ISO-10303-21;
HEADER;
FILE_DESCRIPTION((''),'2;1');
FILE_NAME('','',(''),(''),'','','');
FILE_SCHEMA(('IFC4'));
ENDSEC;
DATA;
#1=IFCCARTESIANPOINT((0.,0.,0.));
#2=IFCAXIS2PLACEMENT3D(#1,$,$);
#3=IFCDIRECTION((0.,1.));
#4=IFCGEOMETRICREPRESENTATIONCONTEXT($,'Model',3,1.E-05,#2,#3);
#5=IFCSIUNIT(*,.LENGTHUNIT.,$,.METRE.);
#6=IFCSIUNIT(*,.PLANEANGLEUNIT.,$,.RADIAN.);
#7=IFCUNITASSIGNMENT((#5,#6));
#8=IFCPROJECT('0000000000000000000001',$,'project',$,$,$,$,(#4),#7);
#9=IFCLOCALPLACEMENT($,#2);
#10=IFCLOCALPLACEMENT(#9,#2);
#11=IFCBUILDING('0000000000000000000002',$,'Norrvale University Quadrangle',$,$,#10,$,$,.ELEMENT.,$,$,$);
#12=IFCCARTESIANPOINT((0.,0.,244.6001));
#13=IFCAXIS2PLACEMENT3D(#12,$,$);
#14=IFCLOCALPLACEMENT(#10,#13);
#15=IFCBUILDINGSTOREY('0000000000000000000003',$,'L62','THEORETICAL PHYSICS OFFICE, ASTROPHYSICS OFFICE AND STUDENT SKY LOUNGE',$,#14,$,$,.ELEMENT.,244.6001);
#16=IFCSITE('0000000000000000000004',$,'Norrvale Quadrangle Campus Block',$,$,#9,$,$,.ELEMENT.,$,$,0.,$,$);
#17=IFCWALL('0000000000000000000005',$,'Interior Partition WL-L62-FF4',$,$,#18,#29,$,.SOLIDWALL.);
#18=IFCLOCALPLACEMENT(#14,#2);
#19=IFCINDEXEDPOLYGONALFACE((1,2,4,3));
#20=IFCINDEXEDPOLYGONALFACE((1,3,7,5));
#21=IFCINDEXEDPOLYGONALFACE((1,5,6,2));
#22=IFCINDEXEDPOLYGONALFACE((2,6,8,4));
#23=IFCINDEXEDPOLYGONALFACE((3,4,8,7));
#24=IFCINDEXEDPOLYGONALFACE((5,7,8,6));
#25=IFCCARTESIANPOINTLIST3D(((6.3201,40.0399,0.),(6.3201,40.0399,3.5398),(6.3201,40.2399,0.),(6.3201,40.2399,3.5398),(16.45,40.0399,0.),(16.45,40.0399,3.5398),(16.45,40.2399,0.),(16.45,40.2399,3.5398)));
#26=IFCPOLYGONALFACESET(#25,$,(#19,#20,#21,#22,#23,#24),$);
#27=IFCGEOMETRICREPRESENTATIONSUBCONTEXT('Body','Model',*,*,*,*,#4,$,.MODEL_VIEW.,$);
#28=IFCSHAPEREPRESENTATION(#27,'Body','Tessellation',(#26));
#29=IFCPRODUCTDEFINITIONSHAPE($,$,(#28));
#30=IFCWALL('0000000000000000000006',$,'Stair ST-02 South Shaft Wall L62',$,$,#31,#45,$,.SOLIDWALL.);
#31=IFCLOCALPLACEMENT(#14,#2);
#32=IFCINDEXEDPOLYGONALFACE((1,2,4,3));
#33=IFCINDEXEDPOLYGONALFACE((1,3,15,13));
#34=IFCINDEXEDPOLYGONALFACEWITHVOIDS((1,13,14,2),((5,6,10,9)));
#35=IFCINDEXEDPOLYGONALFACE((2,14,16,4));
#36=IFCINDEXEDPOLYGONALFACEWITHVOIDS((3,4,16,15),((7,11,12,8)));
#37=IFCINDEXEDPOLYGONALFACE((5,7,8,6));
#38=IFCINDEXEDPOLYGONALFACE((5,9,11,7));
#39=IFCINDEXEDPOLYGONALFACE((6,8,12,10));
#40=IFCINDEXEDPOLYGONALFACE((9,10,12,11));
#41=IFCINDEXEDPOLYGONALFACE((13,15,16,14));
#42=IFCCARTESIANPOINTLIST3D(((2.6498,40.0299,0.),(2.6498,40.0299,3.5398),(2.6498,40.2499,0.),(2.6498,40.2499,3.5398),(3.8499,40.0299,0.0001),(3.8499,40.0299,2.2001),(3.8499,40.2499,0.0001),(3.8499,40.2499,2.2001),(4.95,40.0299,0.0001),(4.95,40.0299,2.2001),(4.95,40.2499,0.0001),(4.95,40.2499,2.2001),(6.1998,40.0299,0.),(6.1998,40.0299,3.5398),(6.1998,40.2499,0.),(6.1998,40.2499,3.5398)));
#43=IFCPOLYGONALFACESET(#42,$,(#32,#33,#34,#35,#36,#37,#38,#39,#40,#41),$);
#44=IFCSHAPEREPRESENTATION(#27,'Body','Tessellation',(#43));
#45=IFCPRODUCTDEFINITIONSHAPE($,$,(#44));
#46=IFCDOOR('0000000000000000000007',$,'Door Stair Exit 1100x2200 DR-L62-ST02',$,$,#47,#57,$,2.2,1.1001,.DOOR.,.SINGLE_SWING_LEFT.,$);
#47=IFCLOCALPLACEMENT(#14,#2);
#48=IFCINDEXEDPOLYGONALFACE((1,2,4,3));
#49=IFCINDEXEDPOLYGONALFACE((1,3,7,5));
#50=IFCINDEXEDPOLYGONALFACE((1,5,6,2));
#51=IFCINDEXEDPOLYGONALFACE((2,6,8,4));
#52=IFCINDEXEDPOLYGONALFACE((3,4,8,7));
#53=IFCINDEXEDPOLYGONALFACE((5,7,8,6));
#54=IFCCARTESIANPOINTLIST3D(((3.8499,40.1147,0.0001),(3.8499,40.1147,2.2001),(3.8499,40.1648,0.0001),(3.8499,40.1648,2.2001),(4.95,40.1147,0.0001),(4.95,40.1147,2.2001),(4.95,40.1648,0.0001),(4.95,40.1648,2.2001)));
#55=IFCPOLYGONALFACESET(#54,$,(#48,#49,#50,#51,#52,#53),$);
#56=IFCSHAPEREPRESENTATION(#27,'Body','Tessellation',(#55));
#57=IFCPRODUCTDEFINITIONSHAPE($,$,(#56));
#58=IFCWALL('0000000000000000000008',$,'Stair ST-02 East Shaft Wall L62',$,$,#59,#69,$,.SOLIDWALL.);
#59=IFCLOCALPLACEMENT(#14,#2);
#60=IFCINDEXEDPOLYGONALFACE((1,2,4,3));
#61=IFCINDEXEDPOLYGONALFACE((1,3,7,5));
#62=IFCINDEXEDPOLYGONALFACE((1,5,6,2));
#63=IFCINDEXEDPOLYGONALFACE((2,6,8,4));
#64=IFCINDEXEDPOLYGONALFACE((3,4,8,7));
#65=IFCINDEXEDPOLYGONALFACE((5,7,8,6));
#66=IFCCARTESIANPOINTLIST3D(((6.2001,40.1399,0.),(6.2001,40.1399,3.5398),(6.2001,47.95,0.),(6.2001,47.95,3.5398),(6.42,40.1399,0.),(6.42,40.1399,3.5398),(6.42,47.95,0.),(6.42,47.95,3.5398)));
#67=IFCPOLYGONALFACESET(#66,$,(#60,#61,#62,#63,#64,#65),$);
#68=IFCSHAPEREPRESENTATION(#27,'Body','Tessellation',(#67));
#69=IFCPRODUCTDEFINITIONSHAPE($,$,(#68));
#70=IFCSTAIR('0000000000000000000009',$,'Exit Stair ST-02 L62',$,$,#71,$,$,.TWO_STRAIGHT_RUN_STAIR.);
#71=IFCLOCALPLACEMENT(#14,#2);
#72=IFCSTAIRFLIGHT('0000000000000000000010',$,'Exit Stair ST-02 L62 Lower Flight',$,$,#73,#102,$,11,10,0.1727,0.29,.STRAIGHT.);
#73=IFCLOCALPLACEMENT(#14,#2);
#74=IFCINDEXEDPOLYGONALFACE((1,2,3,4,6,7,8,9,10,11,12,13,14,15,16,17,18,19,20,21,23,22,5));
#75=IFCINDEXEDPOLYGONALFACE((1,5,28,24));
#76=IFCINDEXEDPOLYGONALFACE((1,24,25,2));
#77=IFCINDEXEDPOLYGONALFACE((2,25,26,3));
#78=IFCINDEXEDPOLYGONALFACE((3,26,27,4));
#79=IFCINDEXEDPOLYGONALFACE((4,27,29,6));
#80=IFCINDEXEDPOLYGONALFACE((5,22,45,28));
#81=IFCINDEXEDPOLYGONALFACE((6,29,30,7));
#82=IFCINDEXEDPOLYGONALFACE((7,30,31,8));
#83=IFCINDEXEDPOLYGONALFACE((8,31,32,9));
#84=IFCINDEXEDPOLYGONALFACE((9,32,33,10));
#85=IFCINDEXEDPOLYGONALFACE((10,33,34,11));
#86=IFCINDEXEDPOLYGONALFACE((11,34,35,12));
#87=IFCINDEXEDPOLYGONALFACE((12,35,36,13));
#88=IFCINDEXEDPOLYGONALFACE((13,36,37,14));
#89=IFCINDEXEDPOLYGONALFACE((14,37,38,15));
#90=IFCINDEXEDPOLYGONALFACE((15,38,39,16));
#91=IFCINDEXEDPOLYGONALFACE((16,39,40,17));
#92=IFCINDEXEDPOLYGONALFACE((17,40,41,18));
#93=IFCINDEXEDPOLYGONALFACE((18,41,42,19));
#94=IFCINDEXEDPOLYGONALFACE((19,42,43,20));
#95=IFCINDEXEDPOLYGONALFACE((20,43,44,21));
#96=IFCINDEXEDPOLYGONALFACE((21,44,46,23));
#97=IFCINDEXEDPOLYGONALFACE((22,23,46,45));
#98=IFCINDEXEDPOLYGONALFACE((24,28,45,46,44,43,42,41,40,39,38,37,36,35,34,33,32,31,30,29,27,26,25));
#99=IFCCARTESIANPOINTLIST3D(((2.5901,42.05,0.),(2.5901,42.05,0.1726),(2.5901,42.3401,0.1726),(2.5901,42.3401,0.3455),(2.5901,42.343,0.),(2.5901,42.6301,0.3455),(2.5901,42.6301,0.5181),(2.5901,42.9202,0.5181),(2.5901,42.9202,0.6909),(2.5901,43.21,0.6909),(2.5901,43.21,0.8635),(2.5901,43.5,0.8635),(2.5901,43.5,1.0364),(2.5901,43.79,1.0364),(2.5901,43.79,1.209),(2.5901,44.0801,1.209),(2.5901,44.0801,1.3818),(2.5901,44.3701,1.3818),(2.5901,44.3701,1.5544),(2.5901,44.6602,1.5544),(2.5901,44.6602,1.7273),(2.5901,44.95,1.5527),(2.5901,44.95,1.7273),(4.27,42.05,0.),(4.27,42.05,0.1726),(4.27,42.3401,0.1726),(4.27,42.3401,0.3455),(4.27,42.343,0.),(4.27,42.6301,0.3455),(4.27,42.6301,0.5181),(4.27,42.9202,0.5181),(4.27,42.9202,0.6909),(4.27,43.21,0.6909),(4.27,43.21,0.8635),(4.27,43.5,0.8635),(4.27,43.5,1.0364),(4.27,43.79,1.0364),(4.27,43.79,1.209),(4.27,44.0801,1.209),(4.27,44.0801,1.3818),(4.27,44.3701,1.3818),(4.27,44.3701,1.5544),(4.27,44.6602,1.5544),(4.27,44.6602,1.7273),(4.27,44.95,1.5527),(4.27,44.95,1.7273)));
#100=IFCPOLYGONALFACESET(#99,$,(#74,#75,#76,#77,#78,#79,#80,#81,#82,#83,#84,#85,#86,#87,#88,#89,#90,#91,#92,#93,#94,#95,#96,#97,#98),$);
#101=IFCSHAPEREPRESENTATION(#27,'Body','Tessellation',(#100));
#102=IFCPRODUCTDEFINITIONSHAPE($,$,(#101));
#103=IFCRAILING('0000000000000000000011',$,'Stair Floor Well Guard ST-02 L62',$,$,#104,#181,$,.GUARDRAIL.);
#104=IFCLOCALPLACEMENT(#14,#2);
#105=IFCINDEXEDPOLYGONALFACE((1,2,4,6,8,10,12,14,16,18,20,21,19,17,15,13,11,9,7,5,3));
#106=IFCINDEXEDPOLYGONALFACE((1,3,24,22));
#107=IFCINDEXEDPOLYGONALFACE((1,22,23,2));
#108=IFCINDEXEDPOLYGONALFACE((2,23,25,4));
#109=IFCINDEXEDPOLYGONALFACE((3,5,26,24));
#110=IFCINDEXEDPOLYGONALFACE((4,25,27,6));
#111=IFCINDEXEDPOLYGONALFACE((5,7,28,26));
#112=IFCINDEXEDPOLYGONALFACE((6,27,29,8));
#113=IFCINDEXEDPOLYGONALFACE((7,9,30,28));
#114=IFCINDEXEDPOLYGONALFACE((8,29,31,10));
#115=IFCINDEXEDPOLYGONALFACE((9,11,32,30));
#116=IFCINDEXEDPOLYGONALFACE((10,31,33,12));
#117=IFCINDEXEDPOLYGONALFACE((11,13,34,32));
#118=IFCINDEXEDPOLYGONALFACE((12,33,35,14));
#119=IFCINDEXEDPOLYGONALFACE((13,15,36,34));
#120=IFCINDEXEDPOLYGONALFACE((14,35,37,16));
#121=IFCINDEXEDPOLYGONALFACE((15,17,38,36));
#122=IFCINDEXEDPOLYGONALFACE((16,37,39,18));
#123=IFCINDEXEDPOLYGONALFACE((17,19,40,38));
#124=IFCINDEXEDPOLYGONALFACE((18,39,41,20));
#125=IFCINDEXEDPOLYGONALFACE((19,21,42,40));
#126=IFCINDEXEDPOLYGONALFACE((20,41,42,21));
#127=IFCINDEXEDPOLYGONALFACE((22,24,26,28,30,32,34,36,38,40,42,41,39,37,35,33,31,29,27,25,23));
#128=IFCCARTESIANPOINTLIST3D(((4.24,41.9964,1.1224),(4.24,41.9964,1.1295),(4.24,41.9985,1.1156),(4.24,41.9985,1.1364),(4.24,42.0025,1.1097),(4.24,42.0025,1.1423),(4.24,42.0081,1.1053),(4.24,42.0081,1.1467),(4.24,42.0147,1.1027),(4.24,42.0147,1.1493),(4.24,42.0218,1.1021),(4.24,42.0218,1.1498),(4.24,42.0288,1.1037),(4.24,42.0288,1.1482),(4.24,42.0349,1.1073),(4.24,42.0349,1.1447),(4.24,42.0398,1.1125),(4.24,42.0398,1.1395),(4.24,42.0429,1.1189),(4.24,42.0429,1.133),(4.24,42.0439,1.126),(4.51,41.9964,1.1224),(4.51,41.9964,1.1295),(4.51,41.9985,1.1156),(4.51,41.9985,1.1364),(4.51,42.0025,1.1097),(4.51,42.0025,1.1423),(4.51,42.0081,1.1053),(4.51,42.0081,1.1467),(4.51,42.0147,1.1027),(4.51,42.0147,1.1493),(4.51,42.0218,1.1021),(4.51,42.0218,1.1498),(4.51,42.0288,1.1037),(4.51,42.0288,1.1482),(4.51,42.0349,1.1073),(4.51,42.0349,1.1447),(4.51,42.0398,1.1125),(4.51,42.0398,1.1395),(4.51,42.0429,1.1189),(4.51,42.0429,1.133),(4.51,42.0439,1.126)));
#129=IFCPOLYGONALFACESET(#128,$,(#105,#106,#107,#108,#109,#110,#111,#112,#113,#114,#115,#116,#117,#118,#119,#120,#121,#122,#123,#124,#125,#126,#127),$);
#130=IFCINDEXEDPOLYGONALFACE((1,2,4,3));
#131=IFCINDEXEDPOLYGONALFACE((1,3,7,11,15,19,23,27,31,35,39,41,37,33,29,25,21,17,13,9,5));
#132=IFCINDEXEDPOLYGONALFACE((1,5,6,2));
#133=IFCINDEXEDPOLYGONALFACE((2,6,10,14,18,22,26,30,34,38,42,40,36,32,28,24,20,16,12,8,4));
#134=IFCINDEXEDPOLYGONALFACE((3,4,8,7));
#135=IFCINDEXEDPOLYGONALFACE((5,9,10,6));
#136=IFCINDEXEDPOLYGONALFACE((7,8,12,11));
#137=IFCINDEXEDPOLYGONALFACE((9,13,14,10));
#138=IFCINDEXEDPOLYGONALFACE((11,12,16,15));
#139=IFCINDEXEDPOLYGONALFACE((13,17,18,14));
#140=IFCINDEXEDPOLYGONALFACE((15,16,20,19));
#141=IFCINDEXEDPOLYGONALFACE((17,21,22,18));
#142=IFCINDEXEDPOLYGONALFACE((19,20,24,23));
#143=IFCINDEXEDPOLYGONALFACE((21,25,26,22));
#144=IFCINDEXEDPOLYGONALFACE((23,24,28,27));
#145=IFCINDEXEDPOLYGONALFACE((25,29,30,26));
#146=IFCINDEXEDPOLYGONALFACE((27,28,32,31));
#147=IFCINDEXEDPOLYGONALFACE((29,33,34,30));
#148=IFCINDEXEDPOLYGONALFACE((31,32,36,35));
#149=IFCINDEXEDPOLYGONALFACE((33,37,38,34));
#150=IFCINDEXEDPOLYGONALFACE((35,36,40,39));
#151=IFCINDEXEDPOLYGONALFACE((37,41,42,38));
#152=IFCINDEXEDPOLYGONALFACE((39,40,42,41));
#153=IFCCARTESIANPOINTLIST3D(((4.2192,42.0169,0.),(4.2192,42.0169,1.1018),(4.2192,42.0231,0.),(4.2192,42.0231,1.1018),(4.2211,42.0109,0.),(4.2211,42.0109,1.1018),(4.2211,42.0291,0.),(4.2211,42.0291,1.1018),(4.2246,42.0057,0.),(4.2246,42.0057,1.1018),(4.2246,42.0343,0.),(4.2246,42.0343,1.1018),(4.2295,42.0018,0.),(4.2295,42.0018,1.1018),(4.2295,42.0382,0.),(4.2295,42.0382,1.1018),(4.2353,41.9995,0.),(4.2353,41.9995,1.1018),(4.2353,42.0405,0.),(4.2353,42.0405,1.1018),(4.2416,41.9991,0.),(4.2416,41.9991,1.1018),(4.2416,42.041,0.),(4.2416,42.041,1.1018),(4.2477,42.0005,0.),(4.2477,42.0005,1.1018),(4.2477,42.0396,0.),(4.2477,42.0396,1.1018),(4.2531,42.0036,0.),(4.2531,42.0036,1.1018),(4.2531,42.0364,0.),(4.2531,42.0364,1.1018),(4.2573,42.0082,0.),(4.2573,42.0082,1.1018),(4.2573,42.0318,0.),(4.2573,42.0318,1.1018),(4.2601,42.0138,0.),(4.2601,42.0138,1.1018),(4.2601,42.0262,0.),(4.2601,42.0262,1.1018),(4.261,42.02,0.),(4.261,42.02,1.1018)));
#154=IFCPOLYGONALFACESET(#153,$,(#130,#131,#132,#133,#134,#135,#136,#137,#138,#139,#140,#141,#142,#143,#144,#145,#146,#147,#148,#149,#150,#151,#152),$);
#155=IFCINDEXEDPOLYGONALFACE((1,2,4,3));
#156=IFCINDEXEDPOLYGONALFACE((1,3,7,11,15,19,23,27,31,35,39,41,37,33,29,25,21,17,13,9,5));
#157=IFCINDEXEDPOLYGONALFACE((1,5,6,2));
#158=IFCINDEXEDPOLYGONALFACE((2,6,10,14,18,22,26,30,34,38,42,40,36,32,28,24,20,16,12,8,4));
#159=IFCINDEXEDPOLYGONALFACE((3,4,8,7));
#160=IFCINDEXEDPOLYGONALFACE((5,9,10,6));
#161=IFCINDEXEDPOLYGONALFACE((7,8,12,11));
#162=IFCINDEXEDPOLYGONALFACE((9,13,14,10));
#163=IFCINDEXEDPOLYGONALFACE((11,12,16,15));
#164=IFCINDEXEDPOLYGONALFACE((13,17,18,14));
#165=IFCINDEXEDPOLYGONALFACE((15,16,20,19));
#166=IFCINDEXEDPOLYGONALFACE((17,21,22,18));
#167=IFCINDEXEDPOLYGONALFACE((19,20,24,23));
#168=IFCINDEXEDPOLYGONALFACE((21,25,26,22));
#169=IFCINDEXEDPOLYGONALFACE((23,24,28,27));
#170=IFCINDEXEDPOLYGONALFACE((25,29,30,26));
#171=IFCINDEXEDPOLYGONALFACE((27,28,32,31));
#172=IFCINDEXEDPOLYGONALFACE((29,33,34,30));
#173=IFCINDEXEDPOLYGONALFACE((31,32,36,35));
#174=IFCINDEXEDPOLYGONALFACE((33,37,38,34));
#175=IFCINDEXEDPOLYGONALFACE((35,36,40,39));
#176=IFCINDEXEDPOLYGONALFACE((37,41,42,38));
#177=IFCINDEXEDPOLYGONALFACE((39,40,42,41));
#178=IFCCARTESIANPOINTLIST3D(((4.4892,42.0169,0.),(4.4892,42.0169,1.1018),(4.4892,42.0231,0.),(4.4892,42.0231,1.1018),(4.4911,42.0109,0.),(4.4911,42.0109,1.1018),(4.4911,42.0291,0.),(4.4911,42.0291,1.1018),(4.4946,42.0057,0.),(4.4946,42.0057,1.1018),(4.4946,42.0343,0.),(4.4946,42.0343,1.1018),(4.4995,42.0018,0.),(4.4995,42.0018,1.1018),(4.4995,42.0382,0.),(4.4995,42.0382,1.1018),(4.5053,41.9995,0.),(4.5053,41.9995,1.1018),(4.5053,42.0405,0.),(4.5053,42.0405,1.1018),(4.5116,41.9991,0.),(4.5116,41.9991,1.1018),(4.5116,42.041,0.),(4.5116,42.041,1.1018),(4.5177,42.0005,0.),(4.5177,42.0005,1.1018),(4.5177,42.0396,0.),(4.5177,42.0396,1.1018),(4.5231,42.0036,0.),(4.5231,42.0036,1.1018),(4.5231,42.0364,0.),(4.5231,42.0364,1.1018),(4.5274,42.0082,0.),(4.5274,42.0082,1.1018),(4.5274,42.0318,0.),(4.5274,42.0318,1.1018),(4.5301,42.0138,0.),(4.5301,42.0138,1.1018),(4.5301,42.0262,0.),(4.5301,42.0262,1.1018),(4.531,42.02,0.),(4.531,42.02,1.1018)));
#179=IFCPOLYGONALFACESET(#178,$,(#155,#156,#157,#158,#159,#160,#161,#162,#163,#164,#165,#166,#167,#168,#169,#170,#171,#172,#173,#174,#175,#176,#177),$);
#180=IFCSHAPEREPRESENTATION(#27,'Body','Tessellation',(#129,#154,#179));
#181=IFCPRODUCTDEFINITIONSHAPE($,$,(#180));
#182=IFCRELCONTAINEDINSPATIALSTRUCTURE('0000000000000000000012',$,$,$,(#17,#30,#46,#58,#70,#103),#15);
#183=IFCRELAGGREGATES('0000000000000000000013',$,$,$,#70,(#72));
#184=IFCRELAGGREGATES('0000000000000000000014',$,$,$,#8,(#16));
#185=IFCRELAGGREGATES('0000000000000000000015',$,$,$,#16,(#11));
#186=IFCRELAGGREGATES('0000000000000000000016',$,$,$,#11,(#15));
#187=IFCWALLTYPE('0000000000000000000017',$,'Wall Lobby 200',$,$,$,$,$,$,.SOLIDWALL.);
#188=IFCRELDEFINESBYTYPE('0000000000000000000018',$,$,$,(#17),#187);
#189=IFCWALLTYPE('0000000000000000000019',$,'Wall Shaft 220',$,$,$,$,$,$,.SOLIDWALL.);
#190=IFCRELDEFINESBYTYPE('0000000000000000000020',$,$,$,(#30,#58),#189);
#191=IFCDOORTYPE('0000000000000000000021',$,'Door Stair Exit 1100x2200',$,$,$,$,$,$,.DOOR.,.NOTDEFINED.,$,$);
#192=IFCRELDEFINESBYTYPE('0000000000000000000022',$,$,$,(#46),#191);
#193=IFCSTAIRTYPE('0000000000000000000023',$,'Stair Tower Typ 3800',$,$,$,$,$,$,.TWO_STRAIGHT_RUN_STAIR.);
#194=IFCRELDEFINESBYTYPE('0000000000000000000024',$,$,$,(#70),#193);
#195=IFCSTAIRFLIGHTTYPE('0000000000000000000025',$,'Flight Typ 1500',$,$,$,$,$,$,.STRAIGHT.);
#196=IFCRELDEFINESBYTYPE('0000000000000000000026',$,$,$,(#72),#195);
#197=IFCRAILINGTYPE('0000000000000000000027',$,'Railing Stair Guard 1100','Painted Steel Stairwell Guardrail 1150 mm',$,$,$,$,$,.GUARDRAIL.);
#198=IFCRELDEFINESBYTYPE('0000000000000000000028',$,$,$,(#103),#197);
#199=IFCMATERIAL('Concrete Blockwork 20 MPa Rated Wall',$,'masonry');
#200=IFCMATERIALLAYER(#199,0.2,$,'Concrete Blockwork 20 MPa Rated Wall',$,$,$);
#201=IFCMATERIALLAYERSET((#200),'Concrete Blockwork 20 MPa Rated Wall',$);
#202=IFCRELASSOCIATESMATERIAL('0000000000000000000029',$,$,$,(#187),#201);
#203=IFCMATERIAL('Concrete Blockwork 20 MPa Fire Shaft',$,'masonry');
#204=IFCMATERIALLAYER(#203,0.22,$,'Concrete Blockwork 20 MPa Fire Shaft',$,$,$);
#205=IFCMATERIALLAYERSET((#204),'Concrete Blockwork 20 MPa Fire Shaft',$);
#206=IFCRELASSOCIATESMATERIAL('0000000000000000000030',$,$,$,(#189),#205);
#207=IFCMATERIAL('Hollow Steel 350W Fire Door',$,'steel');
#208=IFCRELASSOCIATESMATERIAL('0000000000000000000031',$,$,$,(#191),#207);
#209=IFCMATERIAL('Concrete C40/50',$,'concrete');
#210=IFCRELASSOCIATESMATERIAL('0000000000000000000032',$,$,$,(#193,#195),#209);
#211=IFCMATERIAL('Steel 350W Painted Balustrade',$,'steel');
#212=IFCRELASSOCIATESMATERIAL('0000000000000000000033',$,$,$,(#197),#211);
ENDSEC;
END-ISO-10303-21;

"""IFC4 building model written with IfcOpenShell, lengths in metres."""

from ifc_helpers import new_model, si_unit, direction, frame, frame_2d, origin, origin_2d, place, context, subcontext, project, spatial, polyline, rectangle, circle, outline, extrude, material, layer, layer_set, type_object, element, fill, aggregate, save


model = new_model("IFC4")

# Units and contexts
model_context = context("Model", 3, precision=1e-05, world=origin(), true_north=direction((0.0, 1.0)))
body_context = subcontext(model_context, "Body", "Model", "MODEL_VIEW")
ifc_project = project(units=[si_unit("LENGTHUNIT", "METRE"), si_unit("PLANEANGLEUNIT", "RADIAN")], contexts=[model_context])

# Site, building, storey
site_placement = place(None, origin())
site = spatial("IfcSite", under=ifc_project, at=site_placement, Name="Norrvale Quadrangle Campus Block", CompositionType="ELEMENT", RefElevation=0.0)
building_placement = place(site_placement, origin())
building = spatial("IfcBuilding", under=site, at=building_placement, Name="Norrvale University Quadrangle", CompositionType="ELEMENT")
storey_placement = place(building_placement, frame((0.0, 0.0, 244.6001)))
storey = spatial("IfcBuildingStorey", under=building, at=storey_placement, Name="L62", Description="THEORETICAL PHYSICS OFFICE, ASTROPHYSICS OFFICE AND STUDENT SKY LOUNGE", CompositionType="ELEMENT", Elevation=244.6001)

# Wall
ifc_material_1 = material(Name="Concrete Blockwork 20 MPa Rated Wall", Category="masonry")
ifc_layer_1 = layer(ifc_material_1, 0.2, Name="Concrete Blockwork 20 MPa Rated Wall")
ifc_layer_set_1 = layer_set([ifc_layer_1], Name="Concrete Blockwork 20 MPa Rated Wall")
wall_type_1 = type_object("IfcWallType", Name="Wall Lobby 200", PredefinedType="SOLIDWALL", material=ifc_layer_set_1)
wall_1_placement = place(storey_placement, frame((6.3201, 40.1399, 0.0), z_axis=(0.0, 0.0, 1.0), x_axis=(1.0, 0.0, 0.0)))
element("IfcWall", 1, at=wall_1_placement, inside=storey, type_object=wall_type_1, Name="Interior Partition WL-L62-FF4", PredefinedType="SOLIDWALL", context=body_context, shape_type="SweptSolid", body=[
    extrude(rectangle(XDim=10.1299, YDim=0.2, at=frame_2d((5.0649, 0.0))), origin(), (0.0, 0.0, 1.0), 3.5398),
])

# Wall, opening, door
ifc_material_2 = material(Name="Concrete Blockwork 20 MPa Fire Shaft", Category="masonry")
ifc_layer_2 = layer(ifc_material_2, 0.22, Name="Concrete Blockwork 20 MPa Fire Shaft")
ifc_layer_set_2 = layer_set([ifc_layer_2], Name="Concrete Blockwork 20 MPa Fire Shaft")
wall_type_2 = type_object("IfcWallType", Name="Wall Shaft 220", PredefinedType="SOLIDWALL", material=ifc_layer_set_2)
wall_2_placement = place(storey_placement, frame((2.6499, 40.1399, 0.0), z_axis=(0.0, 0.0, 1.0), x_axis=(1.0, 0.0, 0.0)))
wall_2 = element("IfcWall", 2, at=wall_2_placement, inside=storey, type_object=wall_type_2, Name="Stair ST-02 South Shaft Wall L62", PredefinedType="SOLIDWALL", context=body_context, shape_type="SweptSolid", body=[
    extrude(rectangle(XDim=3.55, YDim=0.22, at=frame_2d((1.7749, 0.0))), origin(), (0.0, 0.0, 1.0), 3.5398),
])
opening_placement = place(wall_2_placement, frame((1.2, 0.0, 0.0)))
opening = element("IfcOpeningElement", 3, at=opening_placement, cuts=wall_2, PredefinedType="OPENING", context=body_context, shape_type="SweptSolid", body=[
    extrude(rectangle(XDim=1.1001, YDim=2.2, at=frame_2d((0.55, 1.1001))), frame((0.0, 0.1221, 0.0), z_axis=(0.0, -1.0, 0.0), x_axis=(1.0, 0.0, 0.0)), (0.0, 0.0, 1.0), 0.2439),
])
ifc_material_3 = material(Name="Hollow Steel 350W Fire Door", Category="steel")
door_type = type_object("IfcDoorType", Name="Door Stair Exit 1100x2200", OperationType="NOTDEFINED", PredefinedType="DOOR", material=ifc_material_3)
door_placement = place(opening_placement, origin())
door = element("IfcDoor", 4, at=door_placement, inside=storey, type_object=door_type, Name="Door Stair Exit 1100x2200 DR-L62-ST02", OperationType="SINGLE_SWING_LEFT", OverallHeight=2.2, OverallWidth=1.1001, PredefinedType="DOOR", context=body_context, shape_type="SweptSolid", body=[
    extrude(rectangle(XDim=1.1001, YDim=2.2, at=frame_2d((0.55, 1.1001))), frame((0.0, 0.0249, 0.0), z_axis=(0.0, -1.0, 0.0), x_axis=(1.0, 0.0, 0.0)), (0.0, 0.0, 1.0), 0.05),
])
fill(opening, door)

# Wall
wall_3_placement = place(storey_placement, frame((6.3101, 40.1399, 0.0), z_axis=(0.0, 0.0, 1.0), x_axis=(0.0, 1.0, 0.0)))
element("IfcWall", 5, at=wall_3_placement, inside=storey, type_object=wall_type_2, Name="Stair ST-02 East Shaft Wall L62", PredefinedType="SOLIDWALL", context=body_context, shape_type="SweptSolid", body=[
    extrude(rectangle(XDim=7.8101, YDim=0.22, at=frame_2d((3.905, 0.0))), origin(), (0.0, 0.0, 1.0), 3.5398),
])

# Stair, stair flight
ifc_material_4 = material(Name="Concrete C40/50", Category="concrete")
stair_type = type_object("IfcStairType", Name="Stair Tower Typ 3800", PredefinedType="TWO_STRAIGHT_RUN_STAIR", material=ifc_material_4)
stair_placement = place(storey_placement, origin())
stair = element("IfcStair", 6, at=stair_placement, inside=storey, type_object=stair_type, Name="Exit Stair ST-02 L62", PredefinedType="TWO_STRAIGHT_RUN_STAIR")
stair_flight_type = type_object("IfcStairFlightType", Name="Flight Typ 1500", PredefinedType="STRAIGHT", material=ifc_material_4)
stair_flight_placement = place(storey_placement, frame((3.4299, 42.05, 0.0), z_axis=(0.0, 0.0, 1.0), x_axis=(0.0, 1.0, 0.0)))
stair_flight = element("IfcStairFlight", 7, at=stair_flight_placement, type_object=stair_flight_type, Name="Exit Stair ST-02 L62 Lower Flight", NumberOfRisers=11, NumberOfTreads=10, PredefinedType="STRAIGHT", RiserHeight=0.1727, TreadLength=0.29, context=body_context, shape_type="SweptSolid", body=[
    extrude(outline(polyline([(0.0, 0.0), (0.0, 0.1726), (0.29, 0.1726), (0.29, 0.3455), (0.5801, 0.3455), (0.5801, 0.5181), (0.8701, 0.5181), (0.8701, 0.6909), (1.1599, 0.6909), (1.1599, 0.8635), (1.45, 0.8635), (1.45, 1.0364), (1.74, 1.0364), (1.74, 1.209), (2.03, 1.209), (2.03, 1.3818), (2.3201, 1.3818), (2.3201, 1.5544), (2.6101, 1.5544), (2.6101, 1.7273), (2.8999, 1.7273), (2.8999, 1.8999), (2.8999, 1.5527), (0.293, 0.0), (0.0, 0.0)])), frame((0.0, 0.8398, 0.0), z_axis=(0.0, -1.0, 0.0), x_axis=(1.0, 0.0, 0.0)), (0.0, 0.0, 1.0), 1.6799),
])
aggregate(stair, [stair_flight])

# Railing
ifc_material_5 = material(Name="Steel 350W Painted Balustrade", Category="steel")
railing_type_1 = type_object("IfcRailingType", Name="Railing Stair Guard 1100", Description="Painted Steel Stairwell Guardrail 1150 mm", PredefinedType="GUARDRAIL", material=ifc_material_5)
railing_1_placement = place(storey_placement, frame((4.24, 42.02, 0.0)))
element("IfcRailing", 8, at=railing_1_placement, inside=storey, type_object=railing_type_1, Name="Stair Floor Well Guard ST-02 L62", PredefinedType="GUARDRAIL", context=body_context, shape_type="SweptSolid", body=[
    extrude(circle(Radius=0.0239, at=origin_2d()), frame((0.0, 0.0, 1.126), z_axis=(1.0, 0.0, 0.0), x_axis=(0.0, 1.0, 0.0)), (0.0, 0.0, 1.0), 0.27),
    extrude(circle(Radius=0.021, at=origin_2d()), origin(), (0.0, 0.0, 1.0), 1.1018),
    extrude(circle(Radius=0.021, at=origin_2d()), frame((0.27, 0.0, 0.0)), (0.0, 0.0, 1.0), 1.1018),
])

save(model, "model.ifc")
